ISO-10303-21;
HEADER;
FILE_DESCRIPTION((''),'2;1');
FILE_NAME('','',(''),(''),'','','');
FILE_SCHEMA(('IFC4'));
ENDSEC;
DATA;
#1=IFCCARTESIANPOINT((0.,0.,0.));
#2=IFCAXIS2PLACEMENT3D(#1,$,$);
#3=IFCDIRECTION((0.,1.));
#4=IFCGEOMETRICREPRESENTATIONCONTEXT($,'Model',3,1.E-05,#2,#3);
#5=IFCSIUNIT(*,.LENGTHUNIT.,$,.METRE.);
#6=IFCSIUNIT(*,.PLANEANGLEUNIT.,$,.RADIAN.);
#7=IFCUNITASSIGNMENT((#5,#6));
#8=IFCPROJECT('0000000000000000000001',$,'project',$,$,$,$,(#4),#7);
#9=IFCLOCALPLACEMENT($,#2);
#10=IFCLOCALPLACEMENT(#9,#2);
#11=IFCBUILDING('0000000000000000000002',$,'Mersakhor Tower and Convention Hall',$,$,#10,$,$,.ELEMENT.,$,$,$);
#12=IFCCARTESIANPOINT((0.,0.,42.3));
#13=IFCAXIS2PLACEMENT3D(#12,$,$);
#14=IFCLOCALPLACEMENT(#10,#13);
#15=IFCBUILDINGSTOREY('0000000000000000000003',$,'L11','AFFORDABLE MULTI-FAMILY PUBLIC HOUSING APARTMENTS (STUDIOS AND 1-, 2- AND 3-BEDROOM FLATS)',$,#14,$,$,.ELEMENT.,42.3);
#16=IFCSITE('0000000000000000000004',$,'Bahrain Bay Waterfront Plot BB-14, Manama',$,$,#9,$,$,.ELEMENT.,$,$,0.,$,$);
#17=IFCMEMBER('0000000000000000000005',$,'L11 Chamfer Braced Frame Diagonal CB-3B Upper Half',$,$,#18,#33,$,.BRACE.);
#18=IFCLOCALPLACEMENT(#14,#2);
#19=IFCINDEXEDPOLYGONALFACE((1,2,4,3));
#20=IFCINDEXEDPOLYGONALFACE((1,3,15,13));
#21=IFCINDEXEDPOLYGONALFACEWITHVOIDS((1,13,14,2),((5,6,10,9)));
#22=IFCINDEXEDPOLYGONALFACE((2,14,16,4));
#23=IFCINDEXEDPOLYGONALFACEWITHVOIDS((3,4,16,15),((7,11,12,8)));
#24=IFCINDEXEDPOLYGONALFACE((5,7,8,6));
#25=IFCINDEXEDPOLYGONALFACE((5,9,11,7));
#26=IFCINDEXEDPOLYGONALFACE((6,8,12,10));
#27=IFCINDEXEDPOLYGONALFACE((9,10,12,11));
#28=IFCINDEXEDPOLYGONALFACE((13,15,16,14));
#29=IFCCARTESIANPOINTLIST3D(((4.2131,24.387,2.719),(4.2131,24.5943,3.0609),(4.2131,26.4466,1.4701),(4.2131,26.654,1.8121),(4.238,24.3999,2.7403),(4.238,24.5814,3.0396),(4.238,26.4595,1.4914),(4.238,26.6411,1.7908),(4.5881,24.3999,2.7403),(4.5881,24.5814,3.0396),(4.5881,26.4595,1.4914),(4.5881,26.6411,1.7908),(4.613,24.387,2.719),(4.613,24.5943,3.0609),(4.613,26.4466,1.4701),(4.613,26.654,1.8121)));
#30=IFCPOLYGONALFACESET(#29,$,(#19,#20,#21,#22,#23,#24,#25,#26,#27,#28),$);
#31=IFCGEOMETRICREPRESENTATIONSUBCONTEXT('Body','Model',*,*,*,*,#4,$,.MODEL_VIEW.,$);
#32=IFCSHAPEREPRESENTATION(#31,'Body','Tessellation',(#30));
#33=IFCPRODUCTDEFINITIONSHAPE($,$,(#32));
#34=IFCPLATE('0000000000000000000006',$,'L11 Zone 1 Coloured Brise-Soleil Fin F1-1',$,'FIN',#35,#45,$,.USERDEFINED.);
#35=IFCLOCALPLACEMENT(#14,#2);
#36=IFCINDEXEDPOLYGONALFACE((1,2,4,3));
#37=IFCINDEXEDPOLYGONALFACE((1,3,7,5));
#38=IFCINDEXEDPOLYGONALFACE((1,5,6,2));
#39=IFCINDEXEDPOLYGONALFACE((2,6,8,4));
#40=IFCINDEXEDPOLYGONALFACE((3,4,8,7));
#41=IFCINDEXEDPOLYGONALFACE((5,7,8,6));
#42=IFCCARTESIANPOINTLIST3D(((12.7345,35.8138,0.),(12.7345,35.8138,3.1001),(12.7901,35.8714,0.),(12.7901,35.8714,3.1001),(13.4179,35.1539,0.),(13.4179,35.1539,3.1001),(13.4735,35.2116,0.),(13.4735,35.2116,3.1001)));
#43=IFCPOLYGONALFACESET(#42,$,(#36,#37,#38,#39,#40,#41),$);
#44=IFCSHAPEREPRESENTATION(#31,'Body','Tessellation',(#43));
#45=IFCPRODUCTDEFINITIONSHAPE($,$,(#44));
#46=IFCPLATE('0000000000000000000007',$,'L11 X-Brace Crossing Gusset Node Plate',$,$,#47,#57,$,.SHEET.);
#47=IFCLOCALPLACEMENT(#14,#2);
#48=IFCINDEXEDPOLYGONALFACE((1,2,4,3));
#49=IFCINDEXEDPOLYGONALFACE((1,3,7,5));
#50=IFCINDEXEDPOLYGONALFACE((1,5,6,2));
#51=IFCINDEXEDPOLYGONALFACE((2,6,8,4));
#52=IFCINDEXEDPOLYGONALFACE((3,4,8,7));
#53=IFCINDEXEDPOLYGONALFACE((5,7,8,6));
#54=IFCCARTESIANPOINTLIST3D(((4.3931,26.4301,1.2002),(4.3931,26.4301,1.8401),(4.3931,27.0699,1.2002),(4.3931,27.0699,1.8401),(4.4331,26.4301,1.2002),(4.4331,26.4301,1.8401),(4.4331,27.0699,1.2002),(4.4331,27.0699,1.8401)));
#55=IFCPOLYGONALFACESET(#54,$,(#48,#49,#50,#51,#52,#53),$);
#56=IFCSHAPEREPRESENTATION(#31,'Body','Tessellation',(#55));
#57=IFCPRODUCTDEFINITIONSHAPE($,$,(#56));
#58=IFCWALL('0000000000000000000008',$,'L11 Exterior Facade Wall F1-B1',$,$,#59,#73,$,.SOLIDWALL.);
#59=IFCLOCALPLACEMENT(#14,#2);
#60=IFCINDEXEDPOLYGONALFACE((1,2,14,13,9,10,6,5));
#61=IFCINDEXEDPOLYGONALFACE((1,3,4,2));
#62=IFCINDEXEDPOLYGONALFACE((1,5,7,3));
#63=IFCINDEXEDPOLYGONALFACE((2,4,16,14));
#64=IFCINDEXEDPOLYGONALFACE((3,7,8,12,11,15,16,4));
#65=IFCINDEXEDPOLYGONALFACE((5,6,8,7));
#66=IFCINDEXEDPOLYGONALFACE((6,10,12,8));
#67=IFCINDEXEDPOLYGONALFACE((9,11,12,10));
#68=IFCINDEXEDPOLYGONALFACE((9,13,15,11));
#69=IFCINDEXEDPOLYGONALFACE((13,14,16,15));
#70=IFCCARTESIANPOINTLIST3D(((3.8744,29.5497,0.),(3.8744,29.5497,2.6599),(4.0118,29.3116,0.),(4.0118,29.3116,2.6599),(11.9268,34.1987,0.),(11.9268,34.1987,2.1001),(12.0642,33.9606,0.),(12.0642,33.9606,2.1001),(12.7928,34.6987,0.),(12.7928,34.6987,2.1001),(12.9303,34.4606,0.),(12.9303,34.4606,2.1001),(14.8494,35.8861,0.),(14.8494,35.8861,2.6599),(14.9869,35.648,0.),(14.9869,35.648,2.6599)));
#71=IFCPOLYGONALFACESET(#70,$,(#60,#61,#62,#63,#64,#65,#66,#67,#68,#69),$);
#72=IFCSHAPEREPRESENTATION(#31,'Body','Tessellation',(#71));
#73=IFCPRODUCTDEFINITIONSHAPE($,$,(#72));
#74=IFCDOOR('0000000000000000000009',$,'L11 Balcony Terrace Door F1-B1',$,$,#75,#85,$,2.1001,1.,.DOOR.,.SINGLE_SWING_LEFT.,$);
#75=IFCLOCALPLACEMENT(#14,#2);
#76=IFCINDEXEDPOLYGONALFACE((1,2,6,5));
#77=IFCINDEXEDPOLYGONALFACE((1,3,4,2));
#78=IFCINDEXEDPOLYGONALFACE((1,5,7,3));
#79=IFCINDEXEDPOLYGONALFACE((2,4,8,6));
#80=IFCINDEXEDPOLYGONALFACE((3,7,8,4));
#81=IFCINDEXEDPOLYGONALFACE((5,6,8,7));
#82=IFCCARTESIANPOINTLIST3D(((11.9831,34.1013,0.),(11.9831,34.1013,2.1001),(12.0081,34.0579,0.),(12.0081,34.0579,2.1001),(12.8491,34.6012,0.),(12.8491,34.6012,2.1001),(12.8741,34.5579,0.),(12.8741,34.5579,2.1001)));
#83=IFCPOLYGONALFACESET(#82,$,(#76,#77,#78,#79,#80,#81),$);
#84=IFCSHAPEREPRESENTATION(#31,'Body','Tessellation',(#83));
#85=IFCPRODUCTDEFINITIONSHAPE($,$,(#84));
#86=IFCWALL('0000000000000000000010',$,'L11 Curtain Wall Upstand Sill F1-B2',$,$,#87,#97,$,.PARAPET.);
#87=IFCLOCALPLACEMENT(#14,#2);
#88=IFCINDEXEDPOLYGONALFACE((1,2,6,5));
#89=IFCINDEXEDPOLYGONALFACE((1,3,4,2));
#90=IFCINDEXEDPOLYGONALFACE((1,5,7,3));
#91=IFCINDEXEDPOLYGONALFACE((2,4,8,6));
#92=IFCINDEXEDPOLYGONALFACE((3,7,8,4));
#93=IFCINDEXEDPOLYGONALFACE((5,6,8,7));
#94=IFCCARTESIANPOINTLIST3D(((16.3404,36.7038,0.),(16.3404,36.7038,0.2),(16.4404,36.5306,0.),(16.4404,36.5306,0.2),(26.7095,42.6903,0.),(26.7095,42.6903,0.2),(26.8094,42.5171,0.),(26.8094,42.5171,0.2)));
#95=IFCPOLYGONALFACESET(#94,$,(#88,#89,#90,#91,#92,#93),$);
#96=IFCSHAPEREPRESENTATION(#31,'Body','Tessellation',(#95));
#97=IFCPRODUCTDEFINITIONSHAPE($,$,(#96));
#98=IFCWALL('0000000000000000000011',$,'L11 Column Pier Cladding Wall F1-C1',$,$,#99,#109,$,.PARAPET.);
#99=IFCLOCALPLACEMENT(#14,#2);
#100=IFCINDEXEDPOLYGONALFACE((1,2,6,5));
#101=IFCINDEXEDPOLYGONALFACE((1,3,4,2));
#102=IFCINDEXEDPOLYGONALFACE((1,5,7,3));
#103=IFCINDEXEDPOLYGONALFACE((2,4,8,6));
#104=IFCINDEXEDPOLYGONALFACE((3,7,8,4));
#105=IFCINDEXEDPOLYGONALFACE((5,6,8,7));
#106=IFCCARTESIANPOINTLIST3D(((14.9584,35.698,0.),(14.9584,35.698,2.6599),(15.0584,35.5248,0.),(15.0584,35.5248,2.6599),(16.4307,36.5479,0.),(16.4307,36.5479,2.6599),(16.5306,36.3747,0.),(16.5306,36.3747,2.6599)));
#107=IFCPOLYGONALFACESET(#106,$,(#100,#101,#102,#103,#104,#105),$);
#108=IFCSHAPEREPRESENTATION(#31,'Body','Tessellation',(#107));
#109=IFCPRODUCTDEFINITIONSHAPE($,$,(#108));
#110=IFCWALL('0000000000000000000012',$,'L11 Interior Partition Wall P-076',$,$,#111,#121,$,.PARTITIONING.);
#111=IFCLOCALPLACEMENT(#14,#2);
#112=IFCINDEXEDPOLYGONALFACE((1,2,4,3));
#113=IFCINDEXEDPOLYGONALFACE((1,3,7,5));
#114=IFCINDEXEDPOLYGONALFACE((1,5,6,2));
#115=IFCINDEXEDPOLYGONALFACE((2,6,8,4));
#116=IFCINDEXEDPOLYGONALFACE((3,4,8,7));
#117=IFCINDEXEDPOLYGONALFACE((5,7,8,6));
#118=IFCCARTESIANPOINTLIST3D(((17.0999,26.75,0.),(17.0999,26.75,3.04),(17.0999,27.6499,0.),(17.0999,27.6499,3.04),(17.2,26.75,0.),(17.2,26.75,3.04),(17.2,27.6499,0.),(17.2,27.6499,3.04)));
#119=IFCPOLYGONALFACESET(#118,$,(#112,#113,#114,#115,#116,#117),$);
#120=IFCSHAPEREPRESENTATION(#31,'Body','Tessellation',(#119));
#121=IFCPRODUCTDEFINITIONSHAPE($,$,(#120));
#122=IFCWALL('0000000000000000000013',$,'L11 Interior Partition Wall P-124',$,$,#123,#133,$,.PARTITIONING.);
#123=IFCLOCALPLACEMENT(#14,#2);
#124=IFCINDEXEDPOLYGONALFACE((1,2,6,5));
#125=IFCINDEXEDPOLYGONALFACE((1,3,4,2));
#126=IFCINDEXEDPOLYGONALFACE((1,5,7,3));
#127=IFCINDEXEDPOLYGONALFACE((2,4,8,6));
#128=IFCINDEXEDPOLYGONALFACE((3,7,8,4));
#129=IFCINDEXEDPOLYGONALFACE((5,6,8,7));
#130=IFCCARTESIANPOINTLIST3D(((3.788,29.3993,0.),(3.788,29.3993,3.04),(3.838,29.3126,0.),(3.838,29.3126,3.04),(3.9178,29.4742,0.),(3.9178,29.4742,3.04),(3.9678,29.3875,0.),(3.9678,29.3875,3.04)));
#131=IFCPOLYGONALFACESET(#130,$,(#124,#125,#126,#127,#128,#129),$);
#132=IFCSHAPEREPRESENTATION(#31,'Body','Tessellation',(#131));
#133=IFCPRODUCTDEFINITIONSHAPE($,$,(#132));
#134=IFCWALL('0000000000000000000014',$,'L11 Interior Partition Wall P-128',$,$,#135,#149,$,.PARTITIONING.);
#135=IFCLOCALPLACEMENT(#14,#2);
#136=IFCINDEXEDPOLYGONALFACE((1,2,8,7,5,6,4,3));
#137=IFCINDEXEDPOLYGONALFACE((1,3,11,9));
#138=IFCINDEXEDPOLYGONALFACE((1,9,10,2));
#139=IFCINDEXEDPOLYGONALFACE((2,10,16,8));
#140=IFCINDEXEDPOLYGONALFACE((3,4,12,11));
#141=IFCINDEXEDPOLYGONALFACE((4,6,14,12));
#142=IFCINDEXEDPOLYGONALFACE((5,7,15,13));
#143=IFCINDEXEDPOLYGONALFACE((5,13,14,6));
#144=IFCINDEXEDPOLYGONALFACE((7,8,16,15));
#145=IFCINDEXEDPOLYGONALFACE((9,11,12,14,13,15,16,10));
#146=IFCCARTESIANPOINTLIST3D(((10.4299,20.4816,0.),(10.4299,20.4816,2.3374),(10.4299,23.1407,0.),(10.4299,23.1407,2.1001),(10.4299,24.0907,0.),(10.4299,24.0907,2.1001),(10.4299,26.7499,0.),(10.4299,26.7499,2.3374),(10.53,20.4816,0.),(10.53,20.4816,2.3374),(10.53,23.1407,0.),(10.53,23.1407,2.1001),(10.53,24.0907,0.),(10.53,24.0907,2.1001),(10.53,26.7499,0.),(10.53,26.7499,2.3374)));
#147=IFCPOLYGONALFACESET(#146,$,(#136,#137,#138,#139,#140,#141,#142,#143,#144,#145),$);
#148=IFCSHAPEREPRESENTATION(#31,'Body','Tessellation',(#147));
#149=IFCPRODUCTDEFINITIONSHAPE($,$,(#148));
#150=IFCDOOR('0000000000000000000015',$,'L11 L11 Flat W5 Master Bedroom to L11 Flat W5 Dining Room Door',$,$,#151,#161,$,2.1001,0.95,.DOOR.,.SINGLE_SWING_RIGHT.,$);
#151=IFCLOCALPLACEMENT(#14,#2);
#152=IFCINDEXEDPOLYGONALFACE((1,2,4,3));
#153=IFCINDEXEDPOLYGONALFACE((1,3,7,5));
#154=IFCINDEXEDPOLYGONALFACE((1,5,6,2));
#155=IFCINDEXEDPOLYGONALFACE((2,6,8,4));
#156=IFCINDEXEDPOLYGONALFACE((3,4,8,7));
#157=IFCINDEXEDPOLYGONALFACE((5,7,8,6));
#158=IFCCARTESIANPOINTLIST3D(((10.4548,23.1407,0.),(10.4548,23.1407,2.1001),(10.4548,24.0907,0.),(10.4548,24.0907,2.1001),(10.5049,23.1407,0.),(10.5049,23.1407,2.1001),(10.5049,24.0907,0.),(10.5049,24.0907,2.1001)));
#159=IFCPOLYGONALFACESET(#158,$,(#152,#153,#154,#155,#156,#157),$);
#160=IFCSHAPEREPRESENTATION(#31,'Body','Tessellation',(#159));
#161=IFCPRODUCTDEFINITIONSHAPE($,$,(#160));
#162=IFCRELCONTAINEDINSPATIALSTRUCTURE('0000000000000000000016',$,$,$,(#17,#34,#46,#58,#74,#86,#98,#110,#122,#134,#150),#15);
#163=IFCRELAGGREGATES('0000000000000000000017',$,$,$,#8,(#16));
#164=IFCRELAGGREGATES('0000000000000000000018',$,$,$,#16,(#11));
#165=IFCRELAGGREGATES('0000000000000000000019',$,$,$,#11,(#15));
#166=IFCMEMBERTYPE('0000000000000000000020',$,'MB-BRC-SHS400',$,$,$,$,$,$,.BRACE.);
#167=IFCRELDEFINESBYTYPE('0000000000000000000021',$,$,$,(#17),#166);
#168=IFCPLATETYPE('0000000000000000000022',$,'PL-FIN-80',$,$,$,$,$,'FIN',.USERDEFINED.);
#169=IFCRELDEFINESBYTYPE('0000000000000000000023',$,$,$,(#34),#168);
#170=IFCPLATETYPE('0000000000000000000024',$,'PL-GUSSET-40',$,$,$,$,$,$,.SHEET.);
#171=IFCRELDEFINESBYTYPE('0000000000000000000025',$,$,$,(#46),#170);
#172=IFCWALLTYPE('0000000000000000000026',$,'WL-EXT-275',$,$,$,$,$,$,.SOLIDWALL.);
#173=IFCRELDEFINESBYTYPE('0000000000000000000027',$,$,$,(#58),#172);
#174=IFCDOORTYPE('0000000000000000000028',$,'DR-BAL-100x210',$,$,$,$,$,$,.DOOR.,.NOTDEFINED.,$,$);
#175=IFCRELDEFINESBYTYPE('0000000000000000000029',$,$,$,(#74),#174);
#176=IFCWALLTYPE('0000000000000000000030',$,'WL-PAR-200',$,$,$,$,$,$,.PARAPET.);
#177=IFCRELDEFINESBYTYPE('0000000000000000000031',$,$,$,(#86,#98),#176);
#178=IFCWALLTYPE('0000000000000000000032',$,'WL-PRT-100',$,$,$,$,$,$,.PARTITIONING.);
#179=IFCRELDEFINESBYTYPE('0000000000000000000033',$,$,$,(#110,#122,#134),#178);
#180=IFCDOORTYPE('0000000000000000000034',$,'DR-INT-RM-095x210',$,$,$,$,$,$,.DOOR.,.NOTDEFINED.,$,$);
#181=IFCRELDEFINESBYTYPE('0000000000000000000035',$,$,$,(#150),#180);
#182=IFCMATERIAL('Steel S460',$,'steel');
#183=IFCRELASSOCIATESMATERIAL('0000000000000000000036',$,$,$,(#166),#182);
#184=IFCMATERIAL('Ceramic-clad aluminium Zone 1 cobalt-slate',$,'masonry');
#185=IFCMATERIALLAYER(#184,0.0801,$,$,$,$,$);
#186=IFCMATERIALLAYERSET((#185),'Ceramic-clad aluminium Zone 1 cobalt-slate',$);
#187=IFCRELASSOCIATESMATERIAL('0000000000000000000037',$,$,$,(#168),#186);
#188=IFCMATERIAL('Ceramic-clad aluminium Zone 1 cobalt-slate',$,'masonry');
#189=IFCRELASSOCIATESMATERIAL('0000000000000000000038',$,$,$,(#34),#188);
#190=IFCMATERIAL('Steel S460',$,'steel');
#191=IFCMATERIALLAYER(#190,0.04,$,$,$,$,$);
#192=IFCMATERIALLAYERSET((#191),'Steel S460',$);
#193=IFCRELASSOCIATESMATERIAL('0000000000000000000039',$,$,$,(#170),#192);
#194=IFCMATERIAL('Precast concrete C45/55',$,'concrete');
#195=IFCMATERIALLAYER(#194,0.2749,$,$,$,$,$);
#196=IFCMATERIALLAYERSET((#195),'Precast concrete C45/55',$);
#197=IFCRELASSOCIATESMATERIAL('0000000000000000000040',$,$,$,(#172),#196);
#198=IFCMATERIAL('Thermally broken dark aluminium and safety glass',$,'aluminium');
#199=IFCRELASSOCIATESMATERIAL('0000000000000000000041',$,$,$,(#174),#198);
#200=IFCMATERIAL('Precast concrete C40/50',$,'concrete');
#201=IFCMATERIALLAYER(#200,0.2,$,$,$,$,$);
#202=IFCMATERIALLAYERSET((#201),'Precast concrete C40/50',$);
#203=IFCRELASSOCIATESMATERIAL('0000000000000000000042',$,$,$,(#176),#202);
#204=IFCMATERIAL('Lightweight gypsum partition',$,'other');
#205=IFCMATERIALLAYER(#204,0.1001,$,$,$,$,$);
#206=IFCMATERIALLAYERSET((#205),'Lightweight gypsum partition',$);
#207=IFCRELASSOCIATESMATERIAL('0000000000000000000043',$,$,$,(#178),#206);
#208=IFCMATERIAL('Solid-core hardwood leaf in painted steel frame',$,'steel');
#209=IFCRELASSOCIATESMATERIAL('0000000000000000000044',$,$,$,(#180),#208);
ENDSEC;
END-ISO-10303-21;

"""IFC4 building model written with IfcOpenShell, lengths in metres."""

from ifc_helpers import new_model, si_unit, direction, frame, frame_2d, origin, origin_2d, place, context, subcontext, project, spatial, rectangle, hollow_rectangle, extrude, material, layer, layer_set, material_profile, profile_set, type_object, element, fill, save


model = new_model("IFC4")

# Units and contexts
model_context = context("Model", 3, precision=1e-05, world=origin(), true_north=direction((0.0, 1.0)))
body_context = subcontext(model_context, "Body", "Model", "MODEL_VIEW")
ifc_project = project(units=[si_unit("LENGTHUNIT", "METRE"), si_unit("PLANEANGLEUNIT", "RADIAN")], contexts=[model_context])

# Site, building, storey
site_placement = place(None, origin())
site = spatial("IfcSite", under=ifc_project, at=site_placement, Name="Bahrain Bay Waterfront Plot BB-14, Manama", CompositionType="ELEMENT", RefElevation=0.0)
building_placement = place(site_placement, origin())
building = spatial("IfcBuilding", under=site, at=building_placement, Name="Mersakhor Tower and Convention Hall", CompositionType="ELEMENT")
storey_placement = place(building_placement, frame((0.0, 0.0, 42.3)))
storey = spatial("IfcBuildingStorey", under=building, at=storey_placement, Name="L11", Description="AFFORDABLE MULTI-FAMILY PUBLIC HOUSING APARTMENTS (STUDIOS AND 1-, 2- AND 3-BEDROOM FLATS)", CompositionType="ELEMENT", Elevation=42.3)

# Member
ifc_material_1 = material(Name="Steel S460", Category="steel")
ifc_material_profile_1 = material_profile(ifc_material_1, hollow_rectangle(XDim=0.3999, YDim=0.3999, WallThickness=0.0249, at=origin_2d()), Name="SHS 400x400x25")
ifc_profile_set_1 = profile_set([ifc_material_profile_1], Name="Steel S460")
member_type_1 = type_object("IfcMemberType", Name="MB-BRC-SHS400", PredefinedType="BRACE", material=ifc_profile_set_1)
for number, where, z_axis, x_axis, name in (
    (1, (4.4131, 26.5503, 1.6411), (0.0, -0.855096, 0.51847), (1.0, 0.0, 0.0), "L11 Chamfer Braced Frame Diagonal CB-3B Upper Half"),
):
    element("IfcMember", number, at=place(storey_placement, frame(where, z_axis=z_axis, x_axis=x_axis)), inside=storey, type_object=member_type_1, Name=name, PredefinedType="BRACE", context=body_context, shape_type="SweptSolid", body=[
        extrude(hollow_rectangle(XDim=0.3999, YDim=0.3999, WallThickness=0.0249, at=origin_2d()), origin(), (0.0, 0.0, 1.0), 2.4087),
    ])

# Plates
ifc_material_2 = material(Name="Ceramic-clad aluminium Zone 1 cobalt-slate", Category="masonry")
ifc_material_3 = material(Name="Ceramic-clad aluminium Zone 1 cobalt-slate", Category="masonry")
ifc_layer_1 = layer(ifc_material_3, 0.0801)
ifc_layer_set_1 = layer_set([ifc_layer_1], Name="Ceramic-clad aluminium Zone 1 cobalt-slate")
plate_type_1 = type_object("IfcPlateType", Name="PL-FIN-80", ElementType="FIN", PredefinedType="USERDEFINED", material=ifc_layer_set_1)
plate_1_placement = place(storey_placement, frame((13.104, 35.5127, 0.0), z_axis=(0.0, 0.0, 1.0), x_axis=(-0.71934, 0.694658, 0.0)))
element("IfcPlate", 2, at=plate_1_placement, inside=storey, type_object=plate_type_1, material=ifc_material_2, Name="L11 Zone 1 Coloured Brise-Soleil Fin F1-1", ObjectType="FIN", PredefinedType="USERDEFINED", context=body_context, shape_type="SweptSolid", body=[
    extrude(rectangle(XDim=0.95, YDim=0.0801, at=origin_2d()), origin(), (0.0, 0.0, 1.0), 3.1001),
])
ifc_material_4 = material(Name="Steel S460", Category="steel")
ifc_layer_2 = layer(ifc_material_4, 0.04)
ifc_layer_set_2 = layer_set([ifc_layer_2], Name="Steel S460")
plate_type_2 = type_object("IfcPlateType", Name="PL-GUSSET-40", PredefinedType="SHEET", material=ifc_layer_set_2)
plate_2_placement = place(storey_placement, frame((4.4131, 26.75, 1.2002), z_axis=(0.0, 0.0, 1.0), x_axis=(0.0, -1.0, 0.0)))
element("IfcPlate", 3, at=plate_2_placement, inside=storey, type_object=plate_type_2, Name="L11 X-Brace Crossing Gusset Node Plate", PredefinedType="SHEET", context=body_context, shape_type="SweptSolid", body=[
    extrude(rectangle(XDim=0.6399, YDim=0.04, at=origin_2d()), origin(), (0.0, 0.0, 1.0), 0.6399),
])

# Wall, opening, door
ifc_material_5 = material(Name="Precast concrete C45/55", Category="concrete")
ifc_layer_3 = layer(ifc_material_5, 0.2749)
ifc_layer_set_3 = layer_set([ifc_layer_3], Name="Precast concrete C45/55")
wall_type_1 = type_object("IfcWallType", Name="WL-EXT-275", PredefinedType="SOLIDWALL", material=ifc_layer_set_3)
wall_1_placement = place(storey_placement, frame((3.9431, 29.4307, 0.0), z_axis=(0.0, 0.0, 1.0), x_axis=(0.866027, 0.499997, 0.0)))
wall_1 = element("IfcWall", 4, at=wall_1_placement, inside=storey, type_object=wall_type_1, Name="L11 Exterior Facade Wall F1-B1", PredefinedType="SOLIDWALL", context=body_context, shape_type="SweptSolid", body=[
    extrude(rectangle(XDim=12.6729, YDim=0.2749, at=frame_2d((6.3364, 0.0))), origin(), (0.0, 0.0, 1.0), 2.6599),
])
opening_1_placement = place(wall_1_placement, frame((9.2981, 0.0, 0.0)))
opening_1 = element("IfcOpeningElement", 5, at=opening_1_placement, cuts=wall_1, PredefinedType="OPENING", context=body_context, shape_type="SweptSolid", body=[
    extrude(rectangle(XDim=1.0, YDim=2.1001, at=frame_2d((0.5, 1.05))), frame((0.0, 0.1475, 0.0), z_axis=(0.0, -1.0, 0.0), x_axis=(1.0, 0.0, 0.0)), (0.0, 0.0, 1.0), 0.2949),
])
ifc_material_6 = material(Name="Thermally broken dark aluminium and safety glass", Category="aluminium")
door_type_1 = type_object("IfcDoorType", Name="DR-BAL-100x210", OperationType="NOTDEFINED", PredefinedType="DOOR", material=ifc_material_6)
door_1_placement = place(opening_1_placement, origin())
door_1 = element("IfcDoor", 6, at=door_1_placement, inside=storey, type_object=door_type_1, Name="L11 Balcony Terrace Door F1-B1", OperationType="SINGLE_SWING_LEFT", OverallHeight=2.1001, OverallWidth=1.0, PredefinedType="DOOR", context=body_context, shape_type="SweptSolid", body=[
    extrude(rectangle(XDim=1.0, YDim=2.1001, at=frame_2d((0.5, 1.05))), frame((0.0, 0.0249, 0.0), z_axis=(0.0, -1.0, 0.0), x_axis=(1.0, 0.0, 0.0)), (0.0, 0.0, 1.0), 0.05),
])
fill(opening_1, door_1)

# Walls
ifc_material_7 = material(Name="Precast concrete C40/50", Category="concrete")
ifc_layer_4 = layer(ifc_material_7, 0.2)
ifc_layer_set_4 = layer_set([ifc_layer_4], Name="Precast concrete C40/50")
wall_type_2 = type_object("IfcWallType", Name="WL-PAR-200", PredefinedType="PARAPET", material=ifc_layer_set_4)
wall_2_placement = place(storey_placement, frame((16.3904, 36.6172, 0.0), z_axis=(0.0, 0.0, 1.0), x_axis=(0.866027, 0.499997, 0.0)))
element("IfcWall", 7, at=wall_2_placement, inside=storey, type_object=wall_type_2, Name="L11 Curtain Wall Upstand Sill F1-B2", PredefinedType="PARAPET", context=body_context, shape_type="SweptSolid", body=[
    extrude(rectangle(XDim=11.9731, YDim=0.2, at=frame_2d((5.9866, 0.0))), origin(), (0.0, 0.0, 1.0), 0.2),
])
wall_3_placement = place(storey_placement, frame((15.0083, 35.6113, 0.0), z_axis=(0.0, 0.0, 1.0), x_axis=(0.866052, 0.499955, 0.0)))
element("IfcWall", 8, at=wall_3_placement, inside=storey, type_object=wall_type_2, Name="L11 Column Pier Cladding Wall F1-C1", PredefinedType="PARAPET", context=body_context, shape_type="SweptSolid", body=[
    extrude(rectangle(XDim=1.7, YDim=0.2, at=frame_2d((0.8501, 0.0))), origin(), (0.0, 0.0, 1.0), 2.6599),
])
ifc_material_8 = material(Name="Lightweight gypsum partition", Category="other")
ifc_layer_5 = layer(ifc_material_8, 0.1001)
ifc_layer_set_5 = layer_set([ifc_layer_5], Name="Lightweight gypsum partition")
wall_type_3 = type_object("IfcWallType", Name="WL-PRT-100", PredefinedType="PARTITIONING", material=ifc_layer_set_5)
wall_4_placement = place(storey_placement, frame((17.1499, 26.75, 0.0), z_axis=(0.0, 0.0, 1.0), x_axis=(0.0, 1.0, 0.0)))
element("IfcWall", 9, at=wall_4_placement, inside=storey, type_object=wall_type_3, Name="L11 Interior Partition Wall P-076", PredefinedType="PARTITIONING", context=body_context, shape_type="SweptSolid", body=[
    extrude(rectangle(XDim=0.8999, YDim=0.1001, at=frame_2d((0.45, 0.0))), origin(), (0.0, 0.0, 1.0), 3.04),
])
wall_5_placement = place(storey_placement, frame((3.813, 29.356, 0.0), z_axis=(0.0, 0.0, 1.0), x_axis=(0.866131, 0.499816, 0.0)))
element("IfcWall", 10, at=wall_5_placement, inside=storey, type_object=wall_type_3, Name="L11 Interior Partition Wall P-124", PredefinedType="PARTITIONING", context=body_context, shape_type="SweptSolid", body=[
    extrude(rectangle(XDim=0.1499, YDim=0.1001, at=frame_2d((0.075, 0.0))), origin(), (0.0, 0.0, 1.0), 3.04),
])

# Wall, opening, door
wall_6_placement = place(storey_placement, frame((10.48, 26.75, 0.0), z_axis=(0.0, 0.0, 1.0), x_axis=(0.0, -1.0, 0.0)))
wall_6 = element("IfcWall", 11, at=wall_6_placement, inside=storey, type_object=wall_type_3, Name="L11 Interior Partition Wall P-128", PredefinedType="PARTITIONING", context=body_context, shape_type="SweptSolid", body=[
    extrude(rectangle(XDim=6.2683, YDim=0.1001, at=frame_2d((3.1343, 0.0))), origin(), (0.0, 0.0, 1.0), 2.3374),
])
opening_2_placement = place(wall_6_placement, frame((2.6592, 0.0, 0.0)))
opening_2 = element("IfcOpeningElement", 12, at=opening_2_placement, cuts=wall_6, PredefinedType="OPENING", context=body_context, shape_type="SweptSolid", body=[
    extrude(rectangle(XDim=0.95, YDim=2.1001, at=frame_2d((0.4751, 1.05))), frame((0.0, 0.0601, 0.0), z_axis=(0.0, -1.0, 0.0), x_axis=(1.0, 0.0, 0.0)), (0.0, 0.0, 1.0), 0.1201),
])
ifc_material_9 = material(Name="Solid-core hardwood leaf in painted steel frame", Category="steel")
door_type_2 = type_object("IfcDoorType", Name="DR-INT-RM-095x210", OperationType="NOTDEFINED", PredefinedType="DOOR", material=ifc_material_9)
door_2_placement = place(opening_2_placement, origin())
door_2 = element("IfcDoor", 13, at=door_2_placement, inside=storey, type_object=door_type_2, Name="L11 L11 Flat W5 Master Bedroom to L11 Flat W5 Dining Room Door", OperationType="SINGLE_SWING_RIGHT", OverallHeight=2.1001, OverallWidth=0.95, PredefinedType="DOOR", context=body_context, shape_type="SweptSolid", body=[
    extrude(rectangle(XDim=0.95, YDim=2.1001, at=frame_2d((0.4751, 1.05))), frame((0.0, 0.0249, 0.0), z_axis=(0.0, -1.0, 0.0), x_axis=(1.0, 0.0, 0.0)), (0.0, 0.0, 1.0), 0.05),
])
fill(opening_2, door_2)

save(model, "model.ifc")
